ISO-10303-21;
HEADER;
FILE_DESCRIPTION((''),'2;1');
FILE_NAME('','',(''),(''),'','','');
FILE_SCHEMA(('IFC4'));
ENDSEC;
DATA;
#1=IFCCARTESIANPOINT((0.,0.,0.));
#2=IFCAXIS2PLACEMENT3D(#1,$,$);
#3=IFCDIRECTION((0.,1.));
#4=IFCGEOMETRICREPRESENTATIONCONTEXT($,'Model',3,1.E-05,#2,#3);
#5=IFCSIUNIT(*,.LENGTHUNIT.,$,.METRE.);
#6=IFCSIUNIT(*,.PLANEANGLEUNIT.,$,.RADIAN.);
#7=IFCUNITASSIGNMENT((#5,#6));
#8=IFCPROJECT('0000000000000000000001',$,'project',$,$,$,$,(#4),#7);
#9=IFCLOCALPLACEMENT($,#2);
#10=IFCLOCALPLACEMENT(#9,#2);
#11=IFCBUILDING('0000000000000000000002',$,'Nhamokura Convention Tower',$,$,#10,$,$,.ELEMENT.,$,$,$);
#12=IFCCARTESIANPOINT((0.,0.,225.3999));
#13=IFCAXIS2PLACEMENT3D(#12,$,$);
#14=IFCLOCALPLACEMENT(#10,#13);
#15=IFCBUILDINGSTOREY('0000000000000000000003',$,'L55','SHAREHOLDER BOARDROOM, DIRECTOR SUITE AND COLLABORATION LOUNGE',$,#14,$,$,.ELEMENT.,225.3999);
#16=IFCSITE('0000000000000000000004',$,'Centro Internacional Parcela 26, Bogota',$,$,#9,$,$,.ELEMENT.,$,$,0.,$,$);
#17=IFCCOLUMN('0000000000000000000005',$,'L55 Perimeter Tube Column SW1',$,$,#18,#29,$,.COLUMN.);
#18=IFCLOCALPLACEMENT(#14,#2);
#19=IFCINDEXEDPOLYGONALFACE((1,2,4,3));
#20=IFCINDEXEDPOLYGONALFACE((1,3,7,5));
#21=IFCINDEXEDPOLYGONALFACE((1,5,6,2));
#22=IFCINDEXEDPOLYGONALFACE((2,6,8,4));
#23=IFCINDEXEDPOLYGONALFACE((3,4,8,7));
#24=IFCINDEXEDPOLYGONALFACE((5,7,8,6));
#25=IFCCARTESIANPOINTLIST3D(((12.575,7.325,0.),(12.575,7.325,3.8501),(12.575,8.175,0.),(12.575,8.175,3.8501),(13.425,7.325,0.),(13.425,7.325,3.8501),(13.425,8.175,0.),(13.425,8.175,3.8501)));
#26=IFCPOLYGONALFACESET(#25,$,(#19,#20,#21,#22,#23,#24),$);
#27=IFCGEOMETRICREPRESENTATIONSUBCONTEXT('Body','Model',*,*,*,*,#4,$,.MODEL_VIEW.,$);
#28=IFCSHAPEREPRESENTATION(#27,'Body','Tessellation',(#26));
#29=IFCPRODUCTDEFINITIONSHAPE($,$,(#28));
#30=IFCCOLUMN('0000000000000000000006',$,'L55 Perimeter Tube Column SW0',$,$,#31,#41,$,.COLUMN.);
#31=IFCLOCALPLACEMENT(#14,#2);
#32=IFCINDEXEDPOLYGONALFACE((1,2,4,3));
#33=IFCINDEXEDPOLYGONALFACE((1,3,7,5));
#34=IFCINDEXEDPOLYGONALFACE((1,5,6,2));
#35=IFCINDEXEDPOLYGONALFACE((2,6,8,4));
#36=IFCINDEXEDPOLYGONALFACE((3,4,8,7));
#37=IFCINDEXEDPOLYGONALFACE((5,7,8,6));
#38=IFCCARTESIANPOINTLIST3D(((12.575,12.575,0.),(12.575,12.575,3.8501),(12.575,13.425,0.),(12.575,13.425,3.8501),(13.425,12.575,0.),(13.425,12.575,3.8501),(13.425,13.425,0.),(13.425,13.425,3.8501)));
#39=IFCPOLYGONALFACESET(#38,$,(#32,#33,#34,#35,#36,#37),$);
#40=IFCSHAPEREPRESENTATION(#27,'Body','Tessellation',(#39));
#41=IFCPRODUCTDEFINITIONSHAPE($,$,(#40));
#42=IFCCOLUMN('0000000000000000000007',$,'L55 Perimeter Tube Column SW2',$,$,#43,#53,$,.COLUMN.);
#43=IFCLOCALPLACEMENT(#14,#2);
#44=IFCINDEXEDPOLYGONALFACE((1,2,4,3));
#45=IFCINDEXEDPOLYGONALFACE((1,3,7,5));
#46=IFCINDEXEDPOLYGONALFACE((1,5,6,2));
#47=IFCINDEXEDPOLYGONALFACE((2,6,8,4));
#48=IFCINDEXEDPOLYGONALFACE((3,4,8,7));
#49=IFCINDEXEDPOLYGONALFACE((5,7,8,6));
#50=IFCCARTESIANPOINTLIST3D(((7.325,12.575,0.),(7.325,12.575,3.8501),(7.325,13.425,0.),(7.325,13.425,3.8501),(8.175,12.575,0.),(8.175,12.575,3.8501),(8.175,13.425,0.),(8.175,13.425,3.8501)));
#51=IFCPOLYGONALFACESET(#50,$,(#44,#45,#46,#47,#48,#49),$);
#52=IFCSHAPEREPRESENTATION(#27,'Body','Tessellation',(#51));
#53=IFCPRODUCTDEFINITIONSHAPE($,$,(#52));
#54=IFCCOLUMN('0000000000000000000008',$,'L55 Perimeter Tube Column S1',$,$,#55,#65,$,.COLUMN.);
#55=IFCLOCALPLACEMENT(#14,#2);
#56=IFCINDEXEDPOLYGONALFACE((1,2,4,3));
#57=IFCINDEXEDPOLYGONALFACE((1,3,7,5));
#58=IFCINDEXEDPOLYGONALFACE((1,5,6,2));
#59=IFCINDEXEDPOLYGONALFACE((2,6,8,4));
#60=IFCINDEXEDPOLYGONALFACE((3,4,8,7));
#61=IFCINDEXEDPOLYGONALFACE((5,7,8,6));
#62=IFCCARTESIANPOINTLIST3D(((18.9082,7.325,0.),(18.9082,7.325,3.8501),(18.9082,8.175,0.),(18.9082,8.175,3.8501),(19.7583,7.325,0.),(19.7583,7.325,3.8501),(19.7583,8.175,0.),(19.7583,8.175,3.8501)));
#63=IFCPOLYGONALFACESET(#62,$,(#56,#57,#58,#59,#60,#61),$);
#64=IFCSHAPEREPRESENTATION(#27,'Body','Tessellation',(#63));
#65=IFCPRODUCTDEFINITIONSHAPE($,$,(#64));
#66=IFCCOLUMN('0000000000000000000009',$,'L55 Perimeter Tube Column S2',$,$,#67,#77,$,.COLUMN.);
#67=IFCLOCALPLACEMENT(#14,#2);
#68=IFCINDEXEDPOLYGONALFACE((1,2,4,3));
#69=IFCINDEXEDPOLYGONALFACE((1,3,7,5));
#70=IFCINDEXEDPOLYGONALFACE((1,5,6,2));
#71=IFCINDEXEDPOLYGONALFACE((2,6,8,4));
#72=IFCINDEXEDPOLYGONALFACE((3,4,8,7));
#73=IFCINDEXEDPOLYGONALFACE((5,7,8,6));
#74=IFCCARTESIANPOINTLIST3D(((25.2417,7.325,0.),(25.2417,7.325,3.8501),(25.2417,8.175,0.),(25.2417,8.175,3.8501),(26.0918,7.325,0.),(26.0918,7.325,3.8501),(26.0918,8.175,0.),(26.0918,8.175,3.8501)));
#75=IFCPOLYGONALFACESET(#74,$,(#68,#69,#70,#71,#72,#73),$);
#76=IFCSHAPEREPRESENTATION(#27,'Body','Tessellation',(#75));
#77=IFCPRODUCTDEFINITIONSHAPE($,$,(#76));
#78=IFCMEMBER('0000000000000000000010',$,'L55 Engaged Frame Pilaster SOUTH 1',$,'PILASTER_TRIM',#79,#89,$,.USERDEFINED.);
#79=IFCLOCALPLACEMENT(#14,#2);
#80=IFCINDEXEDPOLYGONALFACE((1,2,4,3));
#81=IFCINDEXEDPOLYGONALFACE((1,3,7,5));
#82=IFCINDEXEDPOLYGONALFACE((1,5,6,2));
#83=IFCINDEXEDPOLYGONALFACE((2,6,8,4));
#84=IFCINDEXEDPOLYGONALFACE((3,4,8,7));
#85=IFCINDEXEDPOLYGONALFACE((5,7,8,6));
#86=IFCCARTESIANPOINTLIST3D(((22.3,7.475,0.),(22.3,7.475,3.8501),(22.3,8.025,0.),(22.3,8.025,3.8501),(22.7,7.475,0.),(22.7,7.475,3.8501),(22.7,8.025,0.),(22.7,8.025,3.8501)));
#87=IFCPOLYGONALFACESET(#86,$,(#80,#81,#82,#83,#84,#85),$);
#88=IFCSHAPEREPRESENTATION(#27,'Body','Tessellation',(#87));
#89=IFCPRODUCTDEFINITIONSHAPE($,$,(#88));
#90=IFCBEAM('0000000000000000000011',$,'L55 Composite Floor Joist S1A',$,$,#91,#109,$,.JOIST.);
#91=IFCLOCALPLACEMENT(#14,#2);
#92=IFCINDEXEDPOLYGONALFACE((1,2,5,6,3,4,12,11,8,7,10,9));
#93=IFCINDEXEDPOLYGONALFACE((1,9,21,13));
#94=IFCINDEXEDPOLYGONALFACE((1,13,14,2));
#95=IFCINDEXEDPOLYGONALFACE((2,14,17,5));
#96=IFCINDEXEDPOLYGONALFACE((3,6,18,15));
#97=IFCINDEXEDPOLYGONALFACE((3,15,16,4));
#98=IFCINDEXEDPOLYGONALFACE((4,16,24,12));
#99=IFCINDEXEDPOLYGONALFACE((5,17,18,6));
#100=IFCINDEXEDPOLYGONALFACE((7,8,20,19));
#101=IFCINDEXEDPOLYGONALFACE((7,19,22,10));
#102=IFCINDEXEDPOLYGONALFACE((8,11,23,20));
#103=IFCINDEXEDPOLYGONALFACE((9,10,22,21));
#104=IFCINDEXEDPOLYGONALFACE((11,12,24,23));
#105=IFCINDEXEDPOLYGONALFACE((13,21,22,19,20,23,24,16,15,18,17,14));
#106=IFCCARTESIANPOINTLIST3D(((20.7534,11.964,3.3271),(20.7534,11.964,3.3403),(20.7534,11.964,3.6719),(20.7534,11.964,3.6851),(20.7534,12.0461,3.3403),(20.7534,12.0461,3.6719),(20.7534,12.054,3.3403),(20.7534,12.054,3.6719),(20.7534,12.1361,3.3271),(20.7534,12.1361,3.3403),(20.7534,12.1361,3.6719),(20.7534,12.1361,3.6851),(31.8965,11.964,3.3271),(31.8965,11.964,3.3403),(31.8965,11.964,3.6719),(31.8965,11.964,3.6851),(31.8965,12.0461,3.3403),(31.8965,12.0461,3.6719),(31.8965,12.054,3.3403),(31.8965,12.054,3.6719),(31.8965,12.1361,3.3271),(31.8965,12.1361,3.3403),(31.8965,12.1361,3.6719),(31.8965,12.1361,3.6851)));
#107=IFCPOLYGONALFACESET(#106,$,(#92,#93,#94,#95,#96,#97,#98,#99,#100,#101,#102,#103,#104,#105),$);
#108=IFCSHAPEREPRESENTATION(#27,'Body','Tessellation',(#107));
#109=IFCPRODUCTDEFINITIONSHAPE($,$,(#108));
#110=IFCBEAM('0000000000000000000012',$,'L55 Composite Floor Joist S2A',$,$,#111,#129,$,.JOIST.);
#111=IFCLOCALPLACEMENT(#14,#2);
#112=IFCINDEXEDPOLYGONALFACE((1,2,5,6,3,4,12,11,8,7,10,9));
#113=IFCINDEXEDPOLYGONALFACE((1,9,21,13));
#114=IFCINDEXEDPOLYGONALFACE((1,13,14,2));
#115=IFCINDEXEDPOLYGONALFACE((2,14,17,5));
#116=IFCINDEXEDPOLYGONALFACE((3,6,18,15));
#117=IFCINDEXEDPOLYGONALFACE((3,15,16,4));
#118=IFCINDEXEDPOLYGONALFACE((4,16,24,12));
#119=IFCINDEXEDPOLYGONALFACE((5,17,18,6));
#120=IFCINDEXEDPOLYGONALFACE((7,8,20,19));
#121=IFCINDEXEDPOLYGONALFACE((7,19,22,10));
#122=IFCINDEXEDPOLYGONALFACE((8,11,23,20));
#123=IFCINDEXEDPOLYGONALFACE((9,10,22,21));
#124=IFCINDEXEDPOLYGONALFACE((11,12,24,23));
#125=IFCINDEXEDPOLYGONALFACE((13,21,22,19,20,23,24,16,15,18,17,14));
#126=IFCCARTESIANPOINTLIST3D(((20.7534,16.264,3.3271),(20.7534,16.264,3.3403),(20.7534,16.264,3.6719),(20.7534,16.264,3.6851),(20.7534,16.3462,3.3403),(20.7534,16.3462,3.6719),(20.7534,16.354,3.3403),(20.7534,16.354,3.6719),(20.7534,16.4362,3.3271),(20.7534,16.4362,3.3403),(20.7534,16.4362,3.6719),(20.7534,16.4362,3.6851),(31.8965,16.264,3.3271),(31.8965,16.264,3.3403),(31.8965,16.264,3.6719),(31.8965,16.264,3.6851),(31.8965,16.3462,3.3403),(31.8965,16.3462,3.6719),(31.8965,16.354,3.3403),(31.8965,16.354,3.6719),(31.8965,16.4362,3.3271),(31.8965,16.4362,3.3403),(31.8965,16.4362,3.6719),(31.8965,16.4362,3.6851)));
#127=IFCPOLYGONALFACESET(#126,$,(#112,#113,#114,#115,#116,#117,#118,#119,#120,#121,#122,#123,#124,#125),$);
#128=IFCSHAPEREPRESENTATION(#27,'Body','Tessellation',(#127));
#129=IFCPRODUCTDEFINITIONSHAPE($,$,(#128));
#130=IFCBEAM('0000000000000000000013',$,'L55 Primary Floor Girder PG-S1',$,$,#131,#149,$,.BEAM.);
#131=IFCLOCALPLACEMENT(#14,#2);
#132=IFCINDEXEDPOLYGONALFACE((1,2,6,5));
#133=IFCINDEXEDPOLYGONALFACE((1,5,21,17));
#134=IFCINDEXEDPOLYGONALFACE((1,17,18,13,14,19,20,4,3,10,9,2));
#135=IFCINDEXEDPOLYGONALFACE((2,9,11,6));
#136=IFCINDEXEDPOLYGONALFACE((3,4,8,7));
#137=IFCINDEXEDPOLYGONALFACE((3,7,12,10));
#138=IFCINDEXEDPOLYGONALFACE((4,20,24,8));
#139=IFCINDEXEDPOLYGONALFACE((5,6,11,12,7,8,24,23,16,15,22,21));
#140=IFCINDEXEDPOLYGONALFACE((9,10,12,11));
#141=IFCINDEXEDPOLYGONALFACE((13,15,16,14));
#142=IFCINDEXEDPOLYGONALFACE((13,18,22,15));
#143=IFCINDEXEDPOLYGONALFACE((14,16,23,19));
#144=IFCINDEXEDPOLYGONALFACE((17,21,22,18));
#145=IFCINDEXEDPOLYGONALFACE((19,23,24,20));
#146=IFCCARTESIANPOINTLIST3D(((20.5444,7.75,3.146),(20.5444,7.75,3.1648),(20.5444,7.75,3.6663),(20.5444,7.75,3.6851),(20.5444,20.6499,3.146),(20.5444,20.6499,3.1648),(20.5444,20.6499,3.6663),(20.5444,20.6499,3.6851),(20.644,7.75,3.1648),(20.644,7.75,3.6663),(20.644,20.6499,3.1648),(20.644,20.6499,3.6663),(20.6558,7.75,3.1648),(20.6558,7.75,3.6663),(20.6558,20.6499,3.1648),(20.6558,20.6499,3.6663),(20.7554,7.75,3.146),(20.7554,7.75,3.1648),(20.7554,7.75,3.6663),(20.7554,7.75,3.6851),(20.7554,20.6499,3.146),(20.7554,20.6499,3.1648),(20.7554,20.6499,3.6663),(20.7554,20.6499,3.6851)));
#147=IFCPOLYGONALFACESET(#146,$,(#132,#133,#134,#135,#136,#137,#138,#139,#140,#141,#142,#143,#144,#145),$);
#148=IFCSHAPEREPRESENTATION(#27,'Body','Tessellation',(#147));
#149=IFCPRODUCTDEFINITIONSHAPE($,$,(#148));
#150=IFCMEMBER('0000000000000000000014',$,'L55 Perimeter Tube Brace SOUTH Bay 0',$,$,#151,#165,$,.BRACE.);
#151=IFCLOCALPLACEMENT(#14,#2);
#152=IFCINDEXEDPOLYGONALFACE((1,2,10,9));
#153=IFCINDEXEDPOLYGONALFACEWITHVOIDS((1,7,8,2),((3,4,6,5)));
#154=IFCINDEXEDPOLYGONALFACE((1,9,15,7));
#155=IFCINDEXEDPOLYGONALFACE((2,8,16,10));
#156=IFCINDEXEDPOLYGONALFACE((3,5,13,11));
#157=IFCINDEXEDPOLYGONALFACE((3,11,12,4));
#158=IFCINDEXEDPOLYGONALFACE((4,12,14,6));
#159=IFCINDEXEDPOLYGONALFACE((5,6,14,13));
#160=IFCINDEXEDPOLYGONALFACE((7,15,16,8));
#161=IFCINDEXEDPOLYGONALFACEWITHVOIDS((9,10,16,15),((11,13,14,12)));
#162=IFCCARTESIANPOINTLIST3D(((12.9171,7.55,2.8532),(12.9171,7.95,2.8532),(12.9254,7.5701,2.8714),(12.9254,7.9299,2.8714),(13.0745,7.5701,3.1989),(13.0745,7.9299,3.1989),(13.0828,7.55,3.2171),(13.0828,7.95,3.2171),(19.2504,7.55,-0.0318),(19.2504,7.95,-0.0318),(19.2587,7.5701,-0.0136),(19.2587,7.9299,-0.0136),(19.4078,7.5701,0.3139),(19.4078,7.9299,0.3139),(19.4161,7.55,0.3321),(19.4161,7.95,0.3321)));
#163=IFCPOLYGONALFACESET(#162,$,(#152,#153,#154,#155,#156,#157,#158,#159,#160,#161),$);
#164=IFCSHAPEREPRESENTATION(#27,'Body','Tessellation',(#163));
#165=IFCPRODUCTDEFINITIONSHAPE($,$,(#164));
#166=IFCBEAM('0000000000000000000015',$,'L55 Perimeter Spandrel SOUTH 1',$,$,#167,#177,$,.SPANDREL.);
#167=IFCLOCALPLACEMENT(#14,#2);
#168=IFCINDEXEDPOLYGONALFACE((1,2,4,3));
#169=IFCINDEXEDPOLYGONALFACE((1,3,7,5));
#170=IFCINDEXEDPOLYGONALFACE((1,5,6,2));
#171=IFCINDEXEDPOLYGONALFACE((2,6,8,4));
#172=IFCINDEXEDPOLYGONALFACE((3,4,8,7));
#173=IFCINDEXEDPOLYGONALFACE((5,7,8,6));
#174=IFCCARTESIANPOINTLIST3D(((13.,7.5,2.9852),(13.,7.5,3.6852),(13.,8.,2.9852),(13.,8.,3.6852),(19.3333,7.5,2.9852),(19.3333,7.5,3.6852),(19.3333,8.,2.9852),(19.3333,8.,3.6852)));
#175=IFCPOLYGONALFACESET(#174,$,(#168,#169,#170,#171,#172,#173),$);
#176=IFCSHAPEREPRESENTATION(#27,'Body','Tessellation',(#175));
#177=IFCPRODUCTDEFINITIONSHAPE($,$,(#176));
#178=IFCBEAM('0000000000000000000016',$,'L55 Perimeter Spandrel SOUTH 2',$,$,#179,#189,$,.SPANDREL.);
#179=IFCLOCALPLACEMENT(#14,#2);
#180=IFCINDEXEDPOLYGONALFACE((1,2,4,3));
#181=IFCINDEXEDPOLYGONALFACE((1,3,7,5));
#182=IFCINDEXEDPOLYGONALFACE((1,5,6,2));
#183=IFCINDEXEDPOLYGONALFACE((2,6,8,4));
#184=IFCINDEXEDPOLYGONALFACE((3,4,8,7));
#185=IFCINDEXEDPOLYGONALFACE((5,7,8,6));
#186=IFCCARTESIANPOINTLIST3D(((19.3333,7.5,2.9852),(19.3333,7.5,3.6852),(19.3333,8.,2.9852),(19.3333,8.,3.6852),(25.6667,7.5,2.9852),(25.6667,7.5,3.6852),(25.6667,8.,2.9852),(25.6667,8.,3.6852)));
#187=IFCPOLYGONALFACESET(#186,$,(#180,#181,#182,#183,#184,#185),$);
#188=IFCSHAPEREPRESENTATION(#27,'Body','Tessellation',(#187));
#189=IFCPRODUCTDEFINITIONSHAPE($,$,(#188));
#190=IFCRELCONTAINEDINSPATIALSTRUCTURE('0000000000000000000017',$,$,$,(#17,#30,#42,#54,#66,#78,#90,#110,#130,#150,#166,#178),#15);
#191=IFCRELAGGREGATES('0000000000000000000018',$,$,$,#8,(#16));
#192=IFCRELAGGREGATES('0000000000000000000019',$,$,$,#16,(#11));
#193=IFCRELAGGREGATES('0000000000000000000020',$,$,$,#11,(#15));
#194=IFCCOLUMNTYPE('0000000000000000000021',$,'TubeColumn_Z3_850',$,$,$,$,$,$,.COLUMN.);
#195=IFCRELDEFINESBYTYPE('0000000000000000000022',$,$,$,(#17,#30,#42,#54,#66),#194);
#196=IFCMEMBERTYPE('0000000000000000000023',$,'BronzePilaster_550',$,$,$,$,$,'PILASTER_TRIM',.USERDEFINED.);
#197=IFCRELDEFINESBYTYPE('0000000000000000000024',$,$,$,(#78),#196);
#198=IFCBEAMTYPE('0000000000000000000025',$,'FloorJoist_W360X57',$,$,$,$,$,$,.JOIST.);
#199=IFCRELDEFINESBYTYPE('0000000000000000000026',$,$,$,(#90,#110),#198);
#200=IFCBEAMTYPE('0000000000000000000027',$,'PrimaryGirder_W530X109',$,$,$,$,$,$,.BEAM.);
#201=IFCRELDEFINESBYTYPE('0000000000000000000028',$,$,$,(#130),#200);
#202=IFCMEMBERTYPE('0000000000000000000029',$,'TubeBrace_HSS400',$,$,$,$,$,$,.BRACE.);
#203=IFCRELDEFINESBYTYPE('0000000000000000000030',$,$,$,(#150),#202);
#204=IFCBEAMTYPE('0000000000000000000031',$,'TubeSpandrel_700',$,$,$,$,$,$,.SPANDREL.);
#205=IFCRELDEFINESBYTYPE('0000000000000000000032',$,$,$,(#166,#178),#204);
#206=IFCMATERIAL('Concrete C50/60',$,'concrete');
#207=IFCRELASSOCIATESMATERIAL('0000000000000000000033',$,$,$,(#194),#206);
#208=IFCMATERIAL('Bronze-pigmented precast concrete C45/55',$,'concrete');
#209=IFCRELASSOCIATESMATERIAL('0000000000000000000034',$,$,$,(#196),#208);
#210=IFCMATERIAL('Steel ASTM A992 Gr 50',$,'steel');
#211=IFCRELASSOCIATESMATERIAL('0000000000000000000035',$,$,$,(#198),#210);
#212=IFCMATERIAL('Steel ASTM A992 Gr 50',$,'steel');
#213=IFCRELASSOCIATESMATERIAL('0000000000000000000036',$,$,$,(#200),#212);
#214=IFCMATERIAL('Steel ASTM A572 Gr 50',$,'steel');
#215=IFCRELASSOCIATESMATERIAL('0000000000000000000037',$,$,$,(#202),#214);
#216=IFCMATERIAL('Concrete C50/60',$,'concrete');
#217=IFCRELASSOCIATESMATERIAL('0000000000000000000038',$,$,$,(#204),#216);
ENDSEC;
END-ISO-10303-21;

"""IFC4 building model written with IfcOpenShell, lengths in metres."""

from ifc_helpers import new_model, si_unit, direction, frame, origin, origin_2d, place, context, subcontext, project, spatial, rectangle, hollow_rectangle, i_section, extrude, material, material_profile, profile_set, type_object, element, save


model = new_model("IFC4")

# Units and contexts
model_context = context("Model", 3, precision=1e-05, world=origin(), true_north=direction((0.0, 1.0)))
body_context = subcontext(model_context, "Body", "Model", "MODEL_VIEW")
ifc_project = project(units=[si_unit("LENGTHUNIT", "METRE"), si_unit("PLANEANGLEUNIT", "RADIAN")], contexts=[model_context])

# Site, building, storey
site_placement = place(None, origin())
site = spatial("IfcSite", under=ifc_project, at=site_placement, Name="Centro Internacional Parcela 26, Bogota", CompositionType="ELEMENT", RefElevation=0.0)
building_placement = place(site_placement, origin())
building = spatial("IfcBuilding", under=site, at=building_placement, Name="Nhamokura Convention Tower", CompositionType="ELEMENT")
storey_placement = place(building_placement, frame((0.0, 0.0, 225.3999)))
storey = spatial("IfcBuildingStorey", under=building, at=storey_placement, Name="L55", Description="SHAREHOLDER BOARDROOM, DIRECTOR SUITE AND COLLABORATION LOUNGE", CompositionType="ELEMENT", Elevation=225.3999)

# Columns
ifc_material_1 = material(Name="Concrete C50/60", Category="concrete")
ifc_material_profile_1 = material_profile(ifc_material_1, rectangle(XDim=0.8501, YDim=0.8501, at=origin_2d()))
ifc_profile_set_1 = profile_set([ifc_material_profile_1], Name="Concrete C50/60")
column_type = type_object("IfcColumnType", Name="TubeColumn_Z3_850", PredefinedType="COLUMN", material=ifc_profile_set_1)
for number, where, z_axis, x_axis, name in (
    (1, (13.0, 7.75, 0.0), (0.0, 0.0, 1.0), (1.0, 0.0, 0.0), "L55 Perimeter Tube Column SW1"),
    (2, (13.0, 13.0, 0.0), (0.0, 0.0, 1.0), (1.0, 0.0, 0.0), "L55 Perimeter Tube Column SW0"),
    (3, (7.75, 13.0, 0.0), (0.0, 0.0, 1.0), (1.0, 0.0, 0.0), "L55 Perimeter Tube Column SW2"),
    (4, (19.3333, 7.75, 0.0), (0.0, 0.0, 1.0), (1.0, 0.0, 0.0), "L55 Perimeter Tube Column S1"),
    (5, (25.6667, 7.75, 0.0), (0.0, 0.0, 1.0), (1.0, 0.0, 0.0), "L55 Perimeter Tube Column S2"),
):
    element("IfcColumn", number, at=place(storey_placement, frame(where, z_axis=z_axis, x_axis=x_axis)), inside=storey, type_object=column_type, Name=name, PredefinedType="COLUMN", context=body_context, shape_type="SweptSolid", body=[
        extrude(rectangle(XDim=0.8501, YDim=0.8501, at=origin_2d()), origin(), (0.0, 0.0, 1.0), 3.8501),
    ])

# Member
ifc_material_2 = material(Name="Bronze-pigmented precast concrete C45/55", Category="concrete")
ifc_material_profile_2 = material_profile(ifc_material_2, rectangle(XDim=0.3999, YDim=0.55, at=origin_2d()))
ifc_profile_set_2 = profile_set([ifc_material_profile_2], Name="Bronze-pigmented precast concrete C45/55")
member_type_1 = type_object("IfcMemberType", Name="BronzePilaster_550", ElementType="PILASTER_TRIM", PredefinedType="USERDEFINED", material=ifc_profile_set_2)
member_1_placement = place(storey_placement, frame((22.5, 7.75, 0.0), z_axis=(0.0, 0.0, 1.0), x_axis=(1.0, 0.0, 0.0)))
element("IfcMember", 6, at=member_1_placement, inside=storey, type_object=member_type_1, Name="L55 Engaged Frame Pilaster SOUTH 1", ObjectType="PILASTER_TRIM", PredefinedType="USERDEFINED", context=body_context, shape_type="SweptSolid", body=[
    extrude(rectangle(XDim=0.3999, YDim=0.55, at=origin_2d()), origin(), (0.0, 0.0, 1.0), 3.8501),
])

# Beams
ifc_material_3 = material(Name="Steel ASTM A992 Gr 50", Category="steel")
ifc_material_profile_3 = material_profile(ifc_material_3, i_section(OverallWidth=0.1721, OverallDepth=0.3579, WebThickness=0.0078, FlangeThickness=0.0132, at=origin_2d()))
ifc_profile_set_3 = profile_set([ifc_material_profile_3], Name="Steel ASTM A992 Gr 50")
beam_type_1 = type_object("IfcBeamType", Name="FloorJoist_W360X57", PredefinedType="JOIST", material=ifc_profile_set_3)
for number, where, z_axis, x_axis, name in (
    (7, (20.7534, 12.05, 3.5061), (1.0, 0.0, 0.0), (0.0, 1.0, 0.0), "L55 Composite Floor Joist S1A"),
    (8, (20.7534, 16.3501, 3.5061), (1.0, 0.0, 0.0), (0.0, 1.0, 0.0), "L55 Composite Floor Joist S2A"),
):
    element("IfcBeam", number, at=place(storey_placement, frame(where, z_axis=z_axis, x_axis=x_axis)), inside=storey, type_object=beam_type_1, Name=name, PredefinedType="JOIST", context=body_context, shape_type="SweptSolid", body=[
        extrude(i_section(OverallWidth=0.1721, OverallDepth=0.3579, WebThickness=0.0078, FlangeThickness=0.0132, at=origin_2d()), origin(), (0.0, 0.0, 1.0), 11.1431),
    ])
ifc_material_4 = material(Name="Steel ASTM A992 Gr 50", Category="steel")
ifc_material_profile_4 = material_profile(ifc_material_4, i_section(OverallWidth=0.2109, OverallDepth=0.5391, WebThickness=0.0117, FlangeThickness=0.0188, at=origin_2d()))
ifc_profile_set_4 = profile_set([ifc_material_profile_4], Name="Steel ASTM A992 Gr 50")
beam_type_2 = type_object("IfcBeamType", Name="PrimaryGirder_W530X109", PredefinedType="BEAM", material=ifc_profile_set_4)
beam_1_placement = place(storey_placement, frame((20.6499, 7.75, 3.4155), z_axis=(0.0, 1.0, 0.0), x_axis=(-1.0, 0.0, 0.0)))
element("IfcBeam", 9, at=beam_1_placement, inside=storey, type_object=beam_type_2, Name="L55 Primary Floor Girder PG-S1", PredefinedType="BEAM", context=body_context, shape_type="SweptSolid", body=[
    extrude(i_section(OverallWidth=0.2109, OverallDepth=0.5391, WebThickness=0.0117, FlangeThickness=0.0188, at=origin_2d()), origin(), (0.0, 0.0, 1.0), 12.8999),
])

# Member
ifc_material_5 = material(Name="Steel ASTM A572 Gr 50", Category="steel")
ifc_material_profile_5 = material_profile(ifc_material_5, hollow_rectangle(XDim=0.3999, YDim=0.3999, WallThickness=0.02, at=origin_2d()))
ifc_profile_set_5 = profile_set([ifc_material_profile_5], Name="Steel ASTM A572 Gr 50")
member_type_2 = type_object("IfcMemberType", Name="TubeBrace_HSS400", PredefinedType="BRACE", material=ifc_profile_set_5)
member_2_placement = place(storey_placement, frame((19.3333, 7.75, 0.1501), z_axis=(-0.910027, 0.0, 0.414548), x_axis=(0.0, -1.0, 0.0)))
element("IfcMember", 10, at=member_2_placement, inside=storey, type_object=member_type_2, Name="L55 Perimeter Tube Brace SOUTH Bay 0", PredefinedType="BRACE", context=body_context, shape_type="SweptSolid", body=[
    extrude(hollow_rectangle(XDim=0.3999, YDim=0.3999, WallThickness=0.02, at=origin_2d()), origin(), (0.0, 0.0, 1.0), 6.9595),
])

# Beams
ifc_material_6 = material(Name="Concrete C50/60", Category="concrete")
ifc_material_profile_6 = material_profile(ifc_material_6, rectangle(XDim=0.5, YDim=0.7, at=origin_2d()))
ifc_profile_set_6 = profile_set([ifc_material_profile_6], Name="Concrete C50/60")
beam_type_3 = type_object("IfcBeamType", Name="TubeSpandrel_700", PredefinedType="SPANDREL", material=ifc_profile_set_6)
beam_2_placement = place(storey_placement, frame((13.0, 7.75, 3.3352), z_axis=(1.0, 0.0, 0.0), x_axis=(0.0, 1.0, 0.0)))
element("IfcBeam", 11, at=beam_2_placement, inside=storey, type_object=beam_type_3, Name="L55 Perimeter Spandrel SOUTH 1", PredefinedType="SPANDREL", context=body_context, shape_type="SweptSolid", body=[
    extrude(rectangle(XDim=0.5, YDim=0.7, at=origin_2d()), origin(), (0.0, 0.0, 1.0), 6.3333),
])
beam_3_placement = place(storey_placement, frame((19.3333, 7.75, 3.3352), z_axis=(1.0, 0.0, 0.0), x_axis=(0.0, 1.0, 0.0)))
element("IfcBeam", 12, at=beam_3_placement, inside=storey, type_object=beam_type_3, Name="L55 Perimeter Spandrel SOUTH 2", PredefinedType="SPANDREL", context=body_context, shape_type="SweptSolid", body=[
    extrude(rectangle(XDim=0.5, YDim=0.7, at=origin_2d()), origin(), (0.0, 0.0, 1.0), 6.3335),
])

save(model, "model.ifc")
